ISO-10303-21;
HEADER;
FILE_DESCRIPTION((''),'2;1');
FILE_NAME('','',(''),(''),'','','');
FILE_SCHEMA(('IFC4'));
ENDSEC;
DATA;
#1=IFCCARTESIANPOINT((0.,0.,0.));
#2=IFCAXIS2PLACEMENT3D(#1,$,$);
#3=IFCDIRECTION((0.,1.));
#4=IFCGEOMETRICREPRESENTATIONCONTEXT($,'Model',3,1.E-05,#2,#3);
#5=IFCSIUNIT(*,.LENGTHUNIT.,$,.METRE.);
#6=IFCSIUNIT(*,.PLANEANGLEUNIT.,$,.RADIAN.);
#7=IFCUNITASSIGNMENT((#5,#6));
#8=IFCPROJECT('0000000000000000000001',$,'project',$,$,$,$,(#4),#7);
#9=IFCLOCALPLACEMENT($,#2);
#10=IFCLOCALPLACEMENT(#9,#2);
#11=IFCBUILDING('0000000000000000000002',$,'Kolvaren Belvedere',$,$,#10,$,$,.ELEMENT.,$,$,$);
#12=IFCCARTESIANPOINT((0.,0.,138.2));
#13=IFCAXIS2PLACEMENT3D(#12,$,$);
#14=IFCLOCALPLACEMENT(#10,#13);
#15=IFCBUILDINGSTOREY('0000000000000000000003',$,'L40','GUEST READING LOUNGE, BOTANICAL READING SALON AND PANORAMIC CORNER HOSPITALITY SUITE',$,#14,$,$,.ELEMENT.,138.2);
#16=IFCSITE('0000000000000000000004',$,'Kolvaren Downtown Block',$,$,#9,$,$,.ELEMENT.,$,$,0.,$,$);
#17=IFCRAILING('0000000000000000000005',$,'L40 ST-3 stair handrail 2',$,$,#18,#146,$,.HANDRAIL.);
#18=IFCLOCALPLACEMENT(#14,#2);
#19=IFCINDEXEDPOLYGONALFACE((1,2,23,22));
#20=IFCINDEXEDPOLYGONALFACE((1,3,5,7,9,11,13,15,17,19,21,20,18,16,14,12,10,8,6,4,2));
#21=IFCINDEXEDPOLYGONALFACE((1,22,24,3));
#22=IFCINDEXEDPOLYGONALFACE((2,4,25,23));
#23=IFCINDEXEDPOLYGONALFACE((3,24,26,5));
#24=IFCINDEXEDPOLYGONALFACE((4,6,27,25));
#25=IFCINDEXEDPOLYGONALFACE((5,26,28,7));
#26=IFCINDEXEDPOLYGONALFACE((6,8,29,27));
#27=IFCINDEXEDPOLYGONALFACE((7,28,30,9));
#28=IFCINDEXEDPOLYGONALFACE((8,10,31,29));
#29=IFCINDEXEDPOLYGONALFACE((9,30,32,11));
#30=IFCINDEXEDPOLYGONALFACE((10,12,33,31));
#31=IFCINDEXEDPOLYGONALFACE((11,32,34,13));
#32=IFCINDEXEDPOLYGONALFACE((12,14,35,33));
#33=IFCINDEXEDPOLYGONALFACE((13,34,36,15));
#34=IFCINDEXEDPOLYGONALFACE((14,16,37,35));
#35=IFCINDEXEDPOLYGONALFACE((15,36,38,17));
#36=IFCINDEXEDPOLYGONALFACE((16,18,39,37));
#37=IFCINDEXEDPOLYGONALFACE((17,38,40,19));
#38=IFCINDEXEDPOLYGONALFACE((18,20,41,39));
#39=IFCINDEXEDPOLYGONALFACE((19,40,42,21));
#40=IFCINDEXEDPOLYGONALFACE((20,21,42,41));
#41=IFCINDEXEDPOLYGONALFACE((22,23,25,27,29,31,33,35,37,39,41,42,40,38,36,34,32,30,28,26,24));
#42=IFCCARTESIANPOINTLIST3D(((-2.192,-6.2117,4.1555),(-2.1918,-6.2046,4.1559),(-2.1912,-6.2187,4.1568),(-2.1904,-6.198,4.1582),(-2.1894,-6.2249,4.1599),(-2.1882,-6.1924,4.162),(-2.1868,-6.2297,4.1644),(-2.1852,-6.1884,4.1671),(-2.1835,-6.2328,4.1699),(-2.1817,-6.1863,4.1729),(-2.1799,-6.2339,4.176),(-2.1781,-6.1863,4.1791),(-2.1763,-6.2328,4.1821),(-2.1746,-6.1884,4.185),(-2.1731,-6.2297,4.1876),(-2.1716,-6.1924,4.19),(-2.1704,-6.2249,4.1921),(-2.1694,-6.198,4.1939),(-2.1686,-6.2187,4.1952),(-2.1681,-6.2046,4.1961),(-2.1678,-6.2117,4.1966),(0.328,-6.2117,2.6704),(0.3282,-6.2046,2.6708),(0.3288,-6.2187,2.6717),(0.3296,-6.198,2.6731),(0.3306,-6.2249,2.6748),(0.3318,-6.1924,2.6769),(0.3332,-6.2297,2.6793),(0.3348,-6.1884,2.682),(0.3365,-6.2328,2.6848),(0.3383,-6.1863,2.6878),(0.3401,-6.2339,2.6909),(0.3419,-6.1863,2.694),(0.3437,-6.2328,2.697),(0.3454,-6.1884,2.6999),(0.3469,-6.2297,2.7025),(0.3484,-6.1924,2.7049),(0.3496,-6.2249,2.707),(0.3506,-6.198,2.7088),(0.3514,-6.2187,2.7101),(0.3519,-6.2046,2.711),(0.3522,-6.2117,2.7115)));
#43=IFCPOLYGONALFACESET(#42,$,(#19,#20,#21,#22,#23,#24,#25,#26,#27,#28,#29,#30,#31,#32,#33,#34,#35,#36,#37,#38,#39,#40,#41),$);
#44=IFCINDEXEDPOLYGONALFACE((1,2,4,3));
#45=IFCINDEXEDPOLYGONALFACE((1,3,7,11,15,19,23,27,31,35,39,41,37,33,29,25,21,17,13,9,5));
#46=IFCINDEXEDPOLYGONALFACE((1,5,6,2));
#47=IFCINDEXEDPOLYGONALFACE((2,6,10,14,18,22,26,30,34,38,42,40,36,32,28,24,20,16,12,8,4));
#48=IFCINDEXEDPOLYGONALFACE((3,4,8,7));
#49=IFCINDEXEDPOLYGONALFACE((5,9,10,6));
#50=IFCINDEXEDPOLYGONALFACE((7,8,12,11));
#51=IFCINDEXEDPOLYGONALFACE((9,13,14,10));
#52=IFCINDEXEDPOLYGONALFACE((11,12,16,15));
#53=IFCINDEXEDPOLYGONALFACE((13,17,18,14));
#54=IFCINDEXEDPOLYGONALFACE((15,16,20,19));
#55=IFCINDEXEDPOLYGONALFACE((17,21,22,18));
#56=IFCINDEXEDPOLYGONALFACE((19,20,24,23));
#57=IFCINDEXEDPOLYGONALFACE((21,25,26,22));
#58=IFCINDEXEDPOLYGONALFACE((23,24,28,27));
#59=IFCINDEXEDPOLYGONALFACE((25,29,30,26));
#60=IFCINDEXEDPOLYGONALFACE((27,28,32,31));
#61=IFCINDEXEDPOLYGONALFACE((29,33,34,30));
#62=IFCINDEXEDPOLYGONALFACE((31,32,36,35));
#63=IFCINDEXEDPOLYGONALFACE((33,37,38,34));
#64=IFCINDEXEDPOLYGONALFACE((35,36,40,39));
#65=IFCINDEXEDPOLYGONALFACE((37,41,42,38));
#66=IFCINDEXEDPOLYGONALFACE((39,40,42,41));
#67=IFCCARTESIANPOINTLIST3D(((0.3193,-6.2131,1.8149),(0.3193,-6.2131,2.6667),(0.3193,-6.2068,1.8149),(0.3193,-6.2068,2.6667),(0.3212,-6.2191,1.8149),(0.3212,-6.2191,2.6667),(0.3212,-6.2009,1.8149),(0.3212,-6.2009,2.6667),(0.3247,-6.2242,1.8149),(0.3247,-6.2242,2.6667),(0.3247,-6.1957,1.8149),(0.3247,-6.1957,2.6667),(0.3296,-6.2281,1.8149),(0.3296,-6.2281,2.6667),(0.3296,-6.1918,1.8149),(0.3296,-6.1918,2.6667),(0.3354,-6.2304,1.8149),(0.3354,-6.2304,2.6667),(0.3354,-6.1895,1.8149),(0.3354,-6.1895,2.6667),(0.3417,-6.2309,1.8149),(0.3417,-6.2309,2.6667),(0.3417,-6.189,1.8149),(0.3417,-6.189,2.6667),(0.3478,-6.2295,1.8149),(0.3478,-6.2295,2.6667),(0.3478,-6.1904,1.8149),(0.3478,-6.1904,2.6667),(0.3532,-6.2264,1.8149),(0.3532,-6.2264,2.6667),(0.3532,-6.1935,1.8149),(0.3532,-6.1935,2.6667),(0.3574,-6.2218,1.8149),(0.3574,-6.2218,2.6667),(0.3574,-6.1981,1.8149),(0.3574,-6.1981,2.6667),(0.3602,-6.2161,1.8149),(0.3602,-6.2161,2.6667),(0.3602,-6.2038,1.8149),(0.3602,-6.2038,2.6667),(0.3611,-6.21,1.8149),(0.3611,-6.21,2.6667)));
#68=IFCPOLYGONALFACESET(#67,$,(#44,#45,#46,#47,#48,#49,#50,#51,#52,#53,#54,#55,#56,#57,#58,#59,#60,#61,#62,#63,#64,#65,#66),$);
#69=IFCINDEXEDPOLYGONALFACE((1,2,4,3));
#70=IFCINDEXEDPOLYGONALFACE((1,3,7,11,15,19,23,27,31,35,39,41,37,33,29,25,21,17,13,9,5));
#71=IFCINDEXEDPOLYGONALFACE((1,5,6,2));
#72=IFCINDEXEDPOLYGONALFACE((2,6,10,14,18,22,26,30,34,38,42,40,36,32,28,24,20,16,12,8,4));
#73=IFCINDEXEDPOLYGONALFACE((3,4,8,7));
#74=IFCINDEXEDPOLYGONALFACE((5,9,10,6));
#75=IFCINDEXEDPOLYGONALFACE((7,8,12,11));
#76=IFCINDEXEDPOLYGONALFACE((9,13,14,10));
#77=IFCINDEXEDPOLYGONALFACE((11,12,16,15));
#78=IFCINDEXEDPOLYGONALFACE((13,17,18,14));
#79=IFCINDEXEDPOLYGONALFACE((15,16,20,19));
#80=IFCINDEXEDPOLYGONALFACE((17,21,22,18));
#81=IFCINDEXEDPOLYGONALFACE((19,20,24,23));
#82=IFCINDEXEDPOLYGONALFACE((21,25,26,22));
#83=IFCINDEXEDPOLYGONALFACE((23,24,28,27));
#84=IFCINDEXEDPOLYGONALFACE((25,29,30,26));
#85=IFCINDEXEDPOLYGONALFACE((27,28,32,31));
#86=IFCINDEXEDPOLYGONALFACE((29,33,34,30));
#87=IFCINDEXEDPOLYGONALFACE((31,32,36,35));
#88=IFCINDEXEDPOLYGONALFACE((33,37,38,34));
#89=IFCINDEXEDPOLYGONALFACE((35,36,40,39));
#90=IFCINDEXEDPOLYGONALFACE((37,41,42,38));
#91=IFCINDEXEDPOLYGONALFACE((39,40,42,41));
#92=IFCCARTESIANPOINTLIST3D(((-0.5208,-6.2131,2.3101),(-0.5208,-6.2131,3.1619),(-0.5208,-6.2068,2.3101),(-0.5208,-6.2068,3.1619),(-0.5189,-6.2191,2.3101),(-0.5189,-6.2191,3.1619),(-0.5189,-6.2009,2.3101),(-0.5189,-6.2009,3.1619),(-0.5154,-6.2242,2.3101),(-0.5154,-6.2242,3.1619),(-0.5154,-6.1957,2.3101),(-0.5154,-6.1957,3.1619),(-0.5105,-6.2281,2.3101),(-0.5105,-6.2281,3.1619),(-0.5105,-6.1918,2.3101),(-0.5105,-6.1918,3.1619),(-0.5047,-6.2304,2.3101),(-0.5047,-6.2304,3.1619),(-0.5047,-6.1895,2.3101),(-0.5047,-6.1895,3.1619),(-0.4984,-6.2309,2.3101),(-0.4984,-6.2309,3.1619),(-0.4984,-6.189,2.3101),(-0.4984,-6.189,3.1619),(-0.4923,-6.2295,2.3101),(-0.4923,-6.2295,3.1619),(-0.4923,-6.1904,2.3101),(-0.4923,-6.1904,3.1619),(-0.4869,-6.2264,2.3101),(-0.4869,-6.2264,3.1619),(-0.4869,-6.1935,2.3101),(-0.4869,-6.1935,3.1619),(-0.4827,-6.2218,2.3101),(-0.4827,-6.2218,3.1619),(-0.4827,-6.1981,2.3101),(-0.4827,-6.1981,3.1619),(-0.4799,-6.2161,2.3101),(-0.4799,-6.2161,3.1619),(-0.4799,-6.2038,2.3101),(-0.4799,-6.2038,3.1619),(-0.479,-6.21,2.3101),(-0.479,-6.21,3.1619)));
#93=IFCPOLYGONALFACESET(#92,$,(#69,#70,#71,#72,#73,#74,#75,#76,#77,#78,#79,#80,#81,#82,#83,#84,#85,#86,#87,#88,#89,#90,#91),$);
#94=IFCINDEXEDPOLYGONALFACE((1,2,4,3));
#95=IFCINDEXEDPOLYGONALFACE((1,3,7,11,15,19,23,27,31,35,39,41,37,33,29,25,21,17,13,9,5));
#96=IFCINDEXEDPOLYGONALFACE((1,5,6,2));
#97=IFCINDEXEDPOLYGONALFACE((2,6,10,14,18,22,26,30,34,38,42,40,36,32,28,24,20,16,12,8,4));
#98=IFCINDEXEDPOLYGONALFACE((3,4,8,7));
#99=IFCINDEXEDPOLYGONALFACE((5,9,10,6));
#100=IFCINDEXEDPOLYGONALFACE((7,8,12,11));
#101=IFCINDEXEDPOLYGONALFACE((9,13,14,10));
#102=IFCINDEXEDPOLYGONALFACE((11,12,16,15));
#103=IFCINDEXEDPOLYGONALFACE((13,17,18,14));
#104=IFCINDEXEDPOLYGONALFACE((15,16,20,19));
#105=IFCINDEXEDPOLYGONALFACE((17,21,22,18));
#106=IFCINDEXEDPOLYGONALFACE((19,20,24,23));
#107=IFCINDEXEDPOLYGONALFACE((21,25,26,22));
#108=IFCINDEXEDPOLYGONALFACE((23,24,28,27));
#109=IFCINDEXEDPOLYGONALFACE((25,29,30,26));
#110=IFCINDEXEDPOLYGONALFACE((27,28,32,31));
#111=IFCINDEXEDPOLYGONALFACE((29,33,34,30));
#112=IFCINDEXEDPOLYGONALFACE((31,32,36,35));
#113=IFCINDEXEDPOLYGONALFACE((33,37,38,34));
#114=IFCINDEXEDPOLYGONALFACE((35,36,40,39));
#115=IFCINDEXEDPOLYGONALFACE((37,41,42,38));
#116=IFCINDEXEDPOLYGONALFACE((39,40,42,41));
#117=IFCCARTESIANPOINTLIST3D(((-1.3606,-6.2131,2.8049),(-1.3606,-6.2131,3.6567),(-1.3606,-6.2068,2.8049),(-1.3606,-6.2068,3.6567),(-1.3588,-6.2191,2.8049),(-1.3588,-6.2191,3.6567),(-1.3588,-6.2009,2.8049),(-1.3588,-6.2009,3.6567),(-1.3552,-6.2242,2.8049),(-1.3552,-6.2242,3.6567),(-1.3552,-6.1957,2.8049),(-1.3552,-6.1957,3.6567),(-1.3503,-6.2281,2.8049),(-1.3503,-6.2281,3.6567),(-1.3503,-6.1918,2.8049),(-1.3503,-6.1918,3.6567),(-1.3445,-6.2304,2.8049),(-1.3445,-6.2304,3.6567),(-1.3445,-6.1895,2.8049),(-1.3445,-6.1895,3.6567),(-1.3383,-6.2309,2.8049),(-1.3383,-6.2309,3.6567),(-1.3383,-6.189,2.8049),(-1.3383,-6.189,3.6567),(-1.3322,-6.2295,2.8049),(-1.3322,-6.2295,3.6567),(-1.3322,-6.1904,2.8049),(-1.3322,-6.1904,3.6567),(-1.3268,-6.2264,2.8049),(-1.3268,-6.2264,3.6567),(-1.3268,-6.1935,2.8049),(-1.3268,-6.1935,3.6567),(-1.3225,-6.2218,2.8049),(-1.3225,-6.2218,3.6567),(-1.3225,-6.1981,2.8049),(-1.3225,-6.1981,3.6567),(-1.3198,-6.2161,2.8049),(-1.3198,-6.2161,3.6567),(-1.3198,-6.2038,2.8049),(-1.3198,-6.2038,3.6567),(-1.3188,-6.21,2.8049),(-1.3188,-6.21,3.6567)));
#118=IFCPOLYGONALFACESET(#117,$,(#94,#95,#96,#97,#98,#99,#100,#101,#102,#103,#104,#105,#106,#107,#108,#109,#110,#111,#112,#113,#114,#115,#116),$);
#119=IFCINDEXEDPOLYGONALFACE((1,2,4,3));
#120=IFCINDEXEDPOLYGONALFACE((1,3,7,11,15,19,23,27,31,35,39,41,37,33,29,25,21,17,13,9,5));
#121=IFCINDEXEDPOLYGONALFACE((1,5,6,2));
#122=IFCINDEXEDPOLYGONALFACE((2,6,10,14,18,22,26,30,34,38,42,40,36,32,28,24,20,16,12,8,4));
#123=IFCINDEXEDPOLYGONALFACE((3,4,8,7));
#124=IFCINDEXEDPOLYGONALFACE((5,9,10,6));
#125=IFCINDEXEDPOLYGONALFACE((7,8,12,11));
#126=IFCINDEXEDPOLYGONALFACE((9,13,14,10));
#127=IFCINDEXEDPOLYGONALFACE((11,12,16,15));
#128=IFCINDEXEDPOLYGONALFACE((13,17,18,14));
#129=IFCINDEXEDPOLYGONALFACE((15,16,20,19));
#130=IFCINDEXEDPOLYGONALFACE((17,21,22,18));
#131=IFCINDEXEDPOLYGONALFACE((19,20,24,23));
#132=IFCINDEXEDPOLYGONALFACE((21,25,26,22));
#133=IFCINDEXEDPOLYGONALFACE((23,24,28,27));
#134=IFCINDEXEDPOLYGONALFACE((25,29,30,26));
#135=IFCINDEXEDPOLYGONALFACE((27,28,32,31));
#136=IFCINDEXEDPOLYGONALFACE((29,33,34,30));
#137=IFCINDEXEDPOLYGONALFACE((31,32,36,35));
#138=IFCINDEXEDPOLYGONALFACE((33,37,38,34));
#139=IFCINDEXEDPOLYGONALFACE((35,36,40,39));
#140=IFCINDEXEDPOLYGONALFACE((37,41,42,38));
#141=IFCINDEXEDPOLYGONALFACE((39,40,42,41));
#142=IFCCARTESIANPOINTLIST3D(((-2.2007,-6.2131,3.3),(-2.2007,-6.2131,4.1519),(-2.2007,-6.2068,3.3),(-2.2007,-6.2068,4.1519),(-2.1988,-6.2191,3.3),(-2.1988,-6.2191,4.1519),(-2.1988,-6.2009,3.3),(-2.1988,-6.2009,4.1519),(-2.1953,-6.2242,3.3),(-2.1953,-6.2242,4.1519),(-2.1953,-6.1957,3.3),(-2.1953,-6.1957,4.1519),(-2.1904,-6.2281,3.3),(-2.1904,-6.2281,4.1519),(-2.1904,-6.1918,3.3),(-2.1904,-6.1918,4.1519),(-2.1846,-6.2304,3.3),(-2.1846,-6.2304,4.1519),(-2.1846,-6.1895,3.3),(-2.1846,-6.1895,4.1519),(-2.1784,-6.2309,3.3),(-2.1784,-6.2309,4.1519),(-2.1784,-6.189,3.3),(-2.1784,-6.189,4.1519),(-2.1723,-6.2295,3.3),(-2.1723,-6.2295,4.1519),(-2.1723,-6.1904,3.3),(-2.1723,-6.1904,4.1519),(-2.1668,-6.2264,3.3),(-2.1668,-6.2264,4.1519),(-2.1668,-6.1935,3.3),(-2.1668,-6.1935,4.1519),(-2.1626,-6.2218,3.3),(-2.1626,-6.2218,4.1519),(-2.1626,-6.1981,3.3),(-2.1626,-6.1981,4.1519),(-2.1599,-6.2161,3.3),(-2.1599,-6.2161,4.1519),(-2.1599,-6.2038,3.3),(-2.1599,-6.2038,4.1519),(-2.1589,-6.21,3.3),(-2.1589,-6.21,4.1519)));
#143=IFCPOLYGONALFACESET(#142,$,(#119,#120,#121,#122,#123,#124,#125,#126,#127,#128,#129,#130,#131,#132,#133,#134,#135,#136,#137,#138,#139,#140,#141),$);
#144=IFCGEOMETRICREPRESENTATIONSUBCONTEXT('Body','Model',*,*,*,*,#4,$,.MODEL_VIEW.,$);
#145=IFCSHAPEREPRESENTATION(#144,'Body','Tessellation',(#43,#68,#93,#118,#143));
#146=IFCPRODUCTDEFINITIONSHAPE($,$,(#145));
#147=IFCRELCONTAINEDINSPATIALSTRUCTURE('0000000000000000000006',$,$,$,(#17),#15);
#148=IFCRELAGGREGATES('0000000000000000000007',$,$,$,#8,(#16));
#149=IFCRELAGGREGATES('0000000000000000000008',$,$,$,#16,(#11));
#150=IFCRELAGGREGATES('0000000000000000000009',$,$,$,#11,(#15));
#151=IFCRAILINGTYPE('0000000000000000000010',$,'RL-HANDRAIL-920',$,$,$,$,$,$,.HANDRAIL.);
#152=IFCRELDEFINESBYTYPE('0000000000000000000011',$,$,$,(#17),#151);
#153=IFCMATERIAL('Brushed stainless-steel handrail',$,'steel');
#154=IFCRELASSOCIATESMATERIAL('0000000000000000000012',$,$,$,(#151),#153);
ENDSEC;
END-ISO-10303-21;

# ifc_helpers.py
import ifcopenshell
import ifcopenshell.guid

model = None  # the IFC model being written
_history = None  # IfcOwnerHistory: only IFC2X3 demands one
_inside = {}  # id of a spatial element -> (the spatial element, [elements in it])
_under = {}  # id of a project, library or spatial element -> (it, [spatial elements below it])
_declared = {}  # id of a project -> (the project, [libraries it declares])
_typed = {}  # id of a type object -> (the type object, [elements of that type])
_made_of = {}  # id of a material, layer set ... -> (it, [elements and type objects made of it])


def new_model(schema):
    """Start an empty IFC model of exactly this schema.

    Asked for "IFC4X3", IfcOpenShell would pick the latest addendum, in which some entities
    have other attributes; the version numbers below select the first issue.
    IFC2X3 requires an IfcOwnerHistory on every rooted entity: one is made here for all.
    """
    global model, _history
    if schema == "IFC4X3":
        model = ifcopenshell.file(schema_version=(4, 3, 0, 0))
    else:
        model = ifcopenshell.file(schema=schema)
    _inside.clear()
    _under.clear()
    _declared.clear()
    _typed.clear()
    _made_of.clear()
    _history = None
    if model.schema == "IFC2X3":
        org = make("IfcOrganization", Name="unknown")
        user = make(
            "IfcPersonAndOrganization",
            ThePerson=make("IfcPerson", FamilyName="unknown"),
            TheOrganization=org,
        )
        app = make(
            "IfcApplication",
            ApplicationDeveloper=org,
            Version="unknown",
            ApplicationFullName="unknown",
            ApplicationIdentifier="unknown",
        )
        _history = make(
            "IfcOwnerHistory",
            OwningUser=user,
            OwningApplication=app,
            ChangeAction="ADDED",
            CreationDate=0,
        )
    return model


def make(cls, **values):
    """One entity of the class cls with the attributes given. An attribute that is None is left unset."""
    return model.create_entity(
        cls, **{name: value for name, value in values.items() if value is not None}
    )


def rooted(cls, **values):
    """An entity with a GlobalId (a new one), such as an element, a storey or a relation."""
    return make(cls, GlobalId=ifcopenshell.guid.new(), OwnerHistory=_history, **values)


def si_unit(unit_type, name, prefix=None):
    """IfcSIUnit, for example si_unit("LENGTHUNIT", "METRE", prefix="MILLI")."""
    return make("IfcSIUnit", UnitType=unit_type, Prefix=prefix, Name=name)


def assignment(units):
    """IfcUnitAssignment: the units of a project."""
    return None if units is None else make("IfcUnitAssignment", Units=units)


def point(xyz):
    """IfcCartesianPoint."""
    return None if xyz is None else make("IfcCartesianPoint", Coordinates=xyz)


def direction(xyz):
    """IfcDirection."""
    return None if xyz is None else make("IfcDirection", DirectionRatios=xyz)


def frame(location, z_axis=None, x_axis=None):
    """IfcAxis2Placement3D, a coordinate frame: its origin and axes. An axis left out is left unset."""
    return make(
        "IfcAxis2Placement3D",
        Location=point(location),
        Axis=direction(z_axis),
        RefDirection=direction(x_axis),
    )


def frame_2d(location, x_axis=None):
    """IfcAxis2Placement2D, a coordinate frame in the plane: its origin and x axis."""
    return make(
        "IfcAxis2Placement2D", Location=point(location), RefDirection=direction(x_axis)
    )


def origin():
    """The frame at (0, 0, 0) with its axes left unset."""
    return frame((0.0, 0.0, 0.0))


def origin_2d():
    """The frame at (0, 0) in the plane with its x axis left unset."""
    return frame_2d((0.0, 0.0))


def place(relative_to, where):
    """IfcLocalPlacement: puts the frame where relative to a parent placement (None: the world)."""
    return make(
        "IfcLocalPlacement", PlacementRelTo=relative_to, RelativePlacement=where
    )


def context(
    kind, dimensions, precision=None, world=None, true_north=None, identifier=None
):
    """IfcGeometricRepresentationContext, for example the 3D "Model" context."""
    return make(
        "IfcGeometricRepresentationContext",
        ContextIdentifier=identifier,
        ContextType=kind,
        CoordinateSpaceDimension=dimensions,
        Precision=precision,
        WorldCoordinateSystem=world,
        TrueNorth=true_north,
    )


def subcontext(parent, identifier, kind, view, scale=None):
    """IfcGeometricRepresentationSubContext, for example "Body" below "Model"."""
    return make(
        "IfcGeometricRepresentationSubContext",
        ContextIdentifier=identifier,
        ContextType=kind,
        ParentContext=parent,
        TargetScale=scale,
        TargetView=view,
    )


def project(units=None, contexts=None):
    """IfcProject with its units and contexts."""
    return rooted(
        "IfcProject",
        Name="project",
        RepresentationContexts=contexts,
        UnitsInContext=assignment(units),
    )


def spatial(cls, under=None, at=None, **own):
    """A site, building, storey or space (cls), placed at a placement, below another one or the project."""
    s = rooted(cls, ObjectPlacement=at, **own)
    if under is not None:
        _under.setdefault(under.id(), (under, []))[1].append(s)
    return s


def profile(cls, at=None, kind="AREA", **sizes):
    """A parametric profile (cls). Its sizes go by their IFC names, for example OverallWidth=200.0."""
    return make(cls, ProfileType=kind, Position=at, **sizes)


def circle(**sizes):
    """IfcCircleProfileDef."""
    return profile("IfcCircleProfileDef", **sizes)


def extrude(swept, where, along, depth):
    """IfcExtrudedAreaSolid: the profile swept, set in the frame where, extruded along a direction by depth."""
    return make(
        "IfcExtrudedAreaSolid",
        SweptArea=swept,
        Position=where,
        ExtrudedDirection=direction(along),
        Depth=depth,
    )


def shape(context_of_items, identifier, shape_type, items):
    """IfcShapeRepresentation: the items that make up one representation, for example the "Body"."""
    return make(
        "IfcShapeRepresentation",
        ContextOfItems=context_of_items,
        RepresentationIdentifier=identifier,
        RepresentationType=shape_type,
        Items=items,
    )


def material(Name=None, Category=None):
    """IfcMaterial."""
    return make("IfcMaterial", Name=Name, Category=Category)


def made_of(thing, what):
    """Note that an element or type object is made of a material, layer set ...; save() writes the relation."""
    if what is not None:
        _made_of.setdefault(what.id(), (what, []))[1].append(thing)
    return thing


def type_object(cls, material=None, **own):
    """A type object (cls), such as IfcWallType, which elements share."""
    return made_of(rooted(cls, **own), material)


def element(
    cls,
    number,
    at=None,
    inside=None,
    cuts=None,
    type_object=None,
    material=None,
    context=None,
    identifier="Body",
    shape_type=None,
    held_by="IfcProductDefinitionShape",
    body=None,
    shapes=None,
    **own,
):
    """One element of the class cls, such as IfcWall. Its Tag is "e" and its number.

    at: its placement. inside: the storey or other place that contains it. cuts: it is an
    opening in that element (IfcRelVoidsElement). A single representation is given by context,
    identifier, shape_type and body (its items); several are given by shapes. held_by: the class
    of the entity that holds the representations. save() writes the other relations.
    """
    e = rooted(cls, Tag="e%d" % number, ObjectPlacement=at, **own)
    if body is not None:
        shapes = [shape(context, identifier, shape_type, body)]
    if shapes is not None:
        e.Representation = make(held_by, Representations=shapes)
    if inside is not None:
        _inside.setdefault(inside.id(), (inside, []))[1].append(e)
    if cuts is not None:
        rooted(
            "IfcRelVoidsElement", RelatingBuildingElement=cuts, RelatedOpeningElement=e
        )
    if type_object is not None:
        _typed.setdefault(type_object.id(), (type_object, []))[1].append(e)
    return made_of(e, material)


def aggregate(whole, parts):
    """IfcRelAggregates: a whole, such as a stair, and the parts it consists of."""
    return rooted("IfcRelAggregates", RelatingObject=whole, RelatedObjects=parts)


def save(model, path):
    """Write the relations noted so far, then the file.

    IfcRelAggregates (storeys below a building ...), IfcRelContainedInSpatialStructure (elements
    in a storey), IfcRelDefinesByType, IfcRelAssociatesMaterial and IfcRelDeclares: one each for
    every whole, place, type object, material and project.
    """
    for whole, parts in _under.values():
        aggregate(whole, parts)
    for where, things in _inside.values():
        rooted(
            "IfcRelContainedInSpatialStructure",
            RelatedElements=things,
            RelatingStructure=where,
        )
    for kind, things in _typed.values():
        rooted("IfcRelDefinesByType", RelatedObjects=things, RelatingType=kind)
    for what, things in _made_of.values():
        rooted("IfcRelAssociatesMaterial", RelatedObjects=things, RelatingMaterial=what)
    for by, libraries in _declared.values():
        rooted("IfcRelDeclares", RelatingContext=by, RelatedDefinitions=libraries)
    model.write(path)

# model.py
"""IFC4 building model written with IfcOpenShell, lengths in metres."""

from ifc_helpers import new_model, si_unit, direction, frame, origin, origin_2d, place, context, subcontext, project, spatial, circle, extrude, material, type_object, element, save


model = new_model("IFC4")

# Units and contexts
model_context = context("Model", 3, precision=1e-05, world=origin(), true_north=direction((0.0, 1.0)))
body_context = subcontext(model_context, "Body", "Model", "MODEL_VIEW")
ifc_project = project(units=[si_unit("LENGTHUNIT", "METRE"), si_unit("PLANEANGLEUNIT", "RADIAN")], contexts=[model_context])

# Site, building, storey
site_placement = place(None, origin())
site = spatial("IfcSite", under=ifc_project, at=site_placement, Name="Kolvaren Downtown Block", CompositionType="ELEMENT", RefElevation=0.0)
building_placement = place(site_placement, origin())
building = spatial("IfcBuilding", under=site, at=building_placement, Name="Kolvaren Belvedere", CompositionType="ELEMENT")
storey_placement = place(building_placement, frame((0.0, 0.0, 138.2)))
storey = spatial("IfcBuildingStorey", under=building, at=storey_placement, Name="L40", Description="GUEST READING LOUNGE, BOTANICAL READING SALON AND PANORAMIC CORNER HOSPITALITY SUITE", CompositionType="ELEMENT", Elevation=138.2)

# Railing
ifc_material_1 = material(Name="Brushed stainless-steel handrail", Category="steel")
railing_type_1 = type_object("IfcRailingType", Name="RL-HANDRAIL-920", PredefinedType="HANDRAIL", material=ifc_material_1)
railing_1_placement = place(storey_placement, frame((0.3401, -6.21, 1.8149)))
element("IfcRailing", 1, at=railing_1_placement, inside=storey, type_object=railing_type_1, Name="L40 ST-3 stair handrail 2", PredefinedType="HANDRAIL", context=body_context, shape_type="SweptSolid", body=[
    extrude(circle(Radius=0.0239, at=origin_2d()), frame((0.0, 0.0, 0.876), z_axis=(-0.861524, 0.0, 0.507717), x_axis=(0.0, -1.0, 0.0)), (0.0, 0.0, 1.0), 2.925),
    extrude(circle(Radius=0.021, at=origin_2d()), origin(), (0.0, 0.0, 1.0), 0.8518),
    extrude(circle(Radius=0.021, at=origin_2d()), frame((-0.8401, 0.0, 0.4951)), (0.0, 0.0, 1.0), 0.8518),
    extrude(circle(Radius=0.021, at=origin_2d()), frame((-1.6799, 0.0, 0.99)), (0.0, 0.0, 1.0), 0.8518),
    extrude(circle(Radius=0.021, at=origin_2d()), frame((-2.52, 0.0, 1.4851)), (0.0, 0.0, 1.0), 0.8518),
])

save(model, "model.ifc")
